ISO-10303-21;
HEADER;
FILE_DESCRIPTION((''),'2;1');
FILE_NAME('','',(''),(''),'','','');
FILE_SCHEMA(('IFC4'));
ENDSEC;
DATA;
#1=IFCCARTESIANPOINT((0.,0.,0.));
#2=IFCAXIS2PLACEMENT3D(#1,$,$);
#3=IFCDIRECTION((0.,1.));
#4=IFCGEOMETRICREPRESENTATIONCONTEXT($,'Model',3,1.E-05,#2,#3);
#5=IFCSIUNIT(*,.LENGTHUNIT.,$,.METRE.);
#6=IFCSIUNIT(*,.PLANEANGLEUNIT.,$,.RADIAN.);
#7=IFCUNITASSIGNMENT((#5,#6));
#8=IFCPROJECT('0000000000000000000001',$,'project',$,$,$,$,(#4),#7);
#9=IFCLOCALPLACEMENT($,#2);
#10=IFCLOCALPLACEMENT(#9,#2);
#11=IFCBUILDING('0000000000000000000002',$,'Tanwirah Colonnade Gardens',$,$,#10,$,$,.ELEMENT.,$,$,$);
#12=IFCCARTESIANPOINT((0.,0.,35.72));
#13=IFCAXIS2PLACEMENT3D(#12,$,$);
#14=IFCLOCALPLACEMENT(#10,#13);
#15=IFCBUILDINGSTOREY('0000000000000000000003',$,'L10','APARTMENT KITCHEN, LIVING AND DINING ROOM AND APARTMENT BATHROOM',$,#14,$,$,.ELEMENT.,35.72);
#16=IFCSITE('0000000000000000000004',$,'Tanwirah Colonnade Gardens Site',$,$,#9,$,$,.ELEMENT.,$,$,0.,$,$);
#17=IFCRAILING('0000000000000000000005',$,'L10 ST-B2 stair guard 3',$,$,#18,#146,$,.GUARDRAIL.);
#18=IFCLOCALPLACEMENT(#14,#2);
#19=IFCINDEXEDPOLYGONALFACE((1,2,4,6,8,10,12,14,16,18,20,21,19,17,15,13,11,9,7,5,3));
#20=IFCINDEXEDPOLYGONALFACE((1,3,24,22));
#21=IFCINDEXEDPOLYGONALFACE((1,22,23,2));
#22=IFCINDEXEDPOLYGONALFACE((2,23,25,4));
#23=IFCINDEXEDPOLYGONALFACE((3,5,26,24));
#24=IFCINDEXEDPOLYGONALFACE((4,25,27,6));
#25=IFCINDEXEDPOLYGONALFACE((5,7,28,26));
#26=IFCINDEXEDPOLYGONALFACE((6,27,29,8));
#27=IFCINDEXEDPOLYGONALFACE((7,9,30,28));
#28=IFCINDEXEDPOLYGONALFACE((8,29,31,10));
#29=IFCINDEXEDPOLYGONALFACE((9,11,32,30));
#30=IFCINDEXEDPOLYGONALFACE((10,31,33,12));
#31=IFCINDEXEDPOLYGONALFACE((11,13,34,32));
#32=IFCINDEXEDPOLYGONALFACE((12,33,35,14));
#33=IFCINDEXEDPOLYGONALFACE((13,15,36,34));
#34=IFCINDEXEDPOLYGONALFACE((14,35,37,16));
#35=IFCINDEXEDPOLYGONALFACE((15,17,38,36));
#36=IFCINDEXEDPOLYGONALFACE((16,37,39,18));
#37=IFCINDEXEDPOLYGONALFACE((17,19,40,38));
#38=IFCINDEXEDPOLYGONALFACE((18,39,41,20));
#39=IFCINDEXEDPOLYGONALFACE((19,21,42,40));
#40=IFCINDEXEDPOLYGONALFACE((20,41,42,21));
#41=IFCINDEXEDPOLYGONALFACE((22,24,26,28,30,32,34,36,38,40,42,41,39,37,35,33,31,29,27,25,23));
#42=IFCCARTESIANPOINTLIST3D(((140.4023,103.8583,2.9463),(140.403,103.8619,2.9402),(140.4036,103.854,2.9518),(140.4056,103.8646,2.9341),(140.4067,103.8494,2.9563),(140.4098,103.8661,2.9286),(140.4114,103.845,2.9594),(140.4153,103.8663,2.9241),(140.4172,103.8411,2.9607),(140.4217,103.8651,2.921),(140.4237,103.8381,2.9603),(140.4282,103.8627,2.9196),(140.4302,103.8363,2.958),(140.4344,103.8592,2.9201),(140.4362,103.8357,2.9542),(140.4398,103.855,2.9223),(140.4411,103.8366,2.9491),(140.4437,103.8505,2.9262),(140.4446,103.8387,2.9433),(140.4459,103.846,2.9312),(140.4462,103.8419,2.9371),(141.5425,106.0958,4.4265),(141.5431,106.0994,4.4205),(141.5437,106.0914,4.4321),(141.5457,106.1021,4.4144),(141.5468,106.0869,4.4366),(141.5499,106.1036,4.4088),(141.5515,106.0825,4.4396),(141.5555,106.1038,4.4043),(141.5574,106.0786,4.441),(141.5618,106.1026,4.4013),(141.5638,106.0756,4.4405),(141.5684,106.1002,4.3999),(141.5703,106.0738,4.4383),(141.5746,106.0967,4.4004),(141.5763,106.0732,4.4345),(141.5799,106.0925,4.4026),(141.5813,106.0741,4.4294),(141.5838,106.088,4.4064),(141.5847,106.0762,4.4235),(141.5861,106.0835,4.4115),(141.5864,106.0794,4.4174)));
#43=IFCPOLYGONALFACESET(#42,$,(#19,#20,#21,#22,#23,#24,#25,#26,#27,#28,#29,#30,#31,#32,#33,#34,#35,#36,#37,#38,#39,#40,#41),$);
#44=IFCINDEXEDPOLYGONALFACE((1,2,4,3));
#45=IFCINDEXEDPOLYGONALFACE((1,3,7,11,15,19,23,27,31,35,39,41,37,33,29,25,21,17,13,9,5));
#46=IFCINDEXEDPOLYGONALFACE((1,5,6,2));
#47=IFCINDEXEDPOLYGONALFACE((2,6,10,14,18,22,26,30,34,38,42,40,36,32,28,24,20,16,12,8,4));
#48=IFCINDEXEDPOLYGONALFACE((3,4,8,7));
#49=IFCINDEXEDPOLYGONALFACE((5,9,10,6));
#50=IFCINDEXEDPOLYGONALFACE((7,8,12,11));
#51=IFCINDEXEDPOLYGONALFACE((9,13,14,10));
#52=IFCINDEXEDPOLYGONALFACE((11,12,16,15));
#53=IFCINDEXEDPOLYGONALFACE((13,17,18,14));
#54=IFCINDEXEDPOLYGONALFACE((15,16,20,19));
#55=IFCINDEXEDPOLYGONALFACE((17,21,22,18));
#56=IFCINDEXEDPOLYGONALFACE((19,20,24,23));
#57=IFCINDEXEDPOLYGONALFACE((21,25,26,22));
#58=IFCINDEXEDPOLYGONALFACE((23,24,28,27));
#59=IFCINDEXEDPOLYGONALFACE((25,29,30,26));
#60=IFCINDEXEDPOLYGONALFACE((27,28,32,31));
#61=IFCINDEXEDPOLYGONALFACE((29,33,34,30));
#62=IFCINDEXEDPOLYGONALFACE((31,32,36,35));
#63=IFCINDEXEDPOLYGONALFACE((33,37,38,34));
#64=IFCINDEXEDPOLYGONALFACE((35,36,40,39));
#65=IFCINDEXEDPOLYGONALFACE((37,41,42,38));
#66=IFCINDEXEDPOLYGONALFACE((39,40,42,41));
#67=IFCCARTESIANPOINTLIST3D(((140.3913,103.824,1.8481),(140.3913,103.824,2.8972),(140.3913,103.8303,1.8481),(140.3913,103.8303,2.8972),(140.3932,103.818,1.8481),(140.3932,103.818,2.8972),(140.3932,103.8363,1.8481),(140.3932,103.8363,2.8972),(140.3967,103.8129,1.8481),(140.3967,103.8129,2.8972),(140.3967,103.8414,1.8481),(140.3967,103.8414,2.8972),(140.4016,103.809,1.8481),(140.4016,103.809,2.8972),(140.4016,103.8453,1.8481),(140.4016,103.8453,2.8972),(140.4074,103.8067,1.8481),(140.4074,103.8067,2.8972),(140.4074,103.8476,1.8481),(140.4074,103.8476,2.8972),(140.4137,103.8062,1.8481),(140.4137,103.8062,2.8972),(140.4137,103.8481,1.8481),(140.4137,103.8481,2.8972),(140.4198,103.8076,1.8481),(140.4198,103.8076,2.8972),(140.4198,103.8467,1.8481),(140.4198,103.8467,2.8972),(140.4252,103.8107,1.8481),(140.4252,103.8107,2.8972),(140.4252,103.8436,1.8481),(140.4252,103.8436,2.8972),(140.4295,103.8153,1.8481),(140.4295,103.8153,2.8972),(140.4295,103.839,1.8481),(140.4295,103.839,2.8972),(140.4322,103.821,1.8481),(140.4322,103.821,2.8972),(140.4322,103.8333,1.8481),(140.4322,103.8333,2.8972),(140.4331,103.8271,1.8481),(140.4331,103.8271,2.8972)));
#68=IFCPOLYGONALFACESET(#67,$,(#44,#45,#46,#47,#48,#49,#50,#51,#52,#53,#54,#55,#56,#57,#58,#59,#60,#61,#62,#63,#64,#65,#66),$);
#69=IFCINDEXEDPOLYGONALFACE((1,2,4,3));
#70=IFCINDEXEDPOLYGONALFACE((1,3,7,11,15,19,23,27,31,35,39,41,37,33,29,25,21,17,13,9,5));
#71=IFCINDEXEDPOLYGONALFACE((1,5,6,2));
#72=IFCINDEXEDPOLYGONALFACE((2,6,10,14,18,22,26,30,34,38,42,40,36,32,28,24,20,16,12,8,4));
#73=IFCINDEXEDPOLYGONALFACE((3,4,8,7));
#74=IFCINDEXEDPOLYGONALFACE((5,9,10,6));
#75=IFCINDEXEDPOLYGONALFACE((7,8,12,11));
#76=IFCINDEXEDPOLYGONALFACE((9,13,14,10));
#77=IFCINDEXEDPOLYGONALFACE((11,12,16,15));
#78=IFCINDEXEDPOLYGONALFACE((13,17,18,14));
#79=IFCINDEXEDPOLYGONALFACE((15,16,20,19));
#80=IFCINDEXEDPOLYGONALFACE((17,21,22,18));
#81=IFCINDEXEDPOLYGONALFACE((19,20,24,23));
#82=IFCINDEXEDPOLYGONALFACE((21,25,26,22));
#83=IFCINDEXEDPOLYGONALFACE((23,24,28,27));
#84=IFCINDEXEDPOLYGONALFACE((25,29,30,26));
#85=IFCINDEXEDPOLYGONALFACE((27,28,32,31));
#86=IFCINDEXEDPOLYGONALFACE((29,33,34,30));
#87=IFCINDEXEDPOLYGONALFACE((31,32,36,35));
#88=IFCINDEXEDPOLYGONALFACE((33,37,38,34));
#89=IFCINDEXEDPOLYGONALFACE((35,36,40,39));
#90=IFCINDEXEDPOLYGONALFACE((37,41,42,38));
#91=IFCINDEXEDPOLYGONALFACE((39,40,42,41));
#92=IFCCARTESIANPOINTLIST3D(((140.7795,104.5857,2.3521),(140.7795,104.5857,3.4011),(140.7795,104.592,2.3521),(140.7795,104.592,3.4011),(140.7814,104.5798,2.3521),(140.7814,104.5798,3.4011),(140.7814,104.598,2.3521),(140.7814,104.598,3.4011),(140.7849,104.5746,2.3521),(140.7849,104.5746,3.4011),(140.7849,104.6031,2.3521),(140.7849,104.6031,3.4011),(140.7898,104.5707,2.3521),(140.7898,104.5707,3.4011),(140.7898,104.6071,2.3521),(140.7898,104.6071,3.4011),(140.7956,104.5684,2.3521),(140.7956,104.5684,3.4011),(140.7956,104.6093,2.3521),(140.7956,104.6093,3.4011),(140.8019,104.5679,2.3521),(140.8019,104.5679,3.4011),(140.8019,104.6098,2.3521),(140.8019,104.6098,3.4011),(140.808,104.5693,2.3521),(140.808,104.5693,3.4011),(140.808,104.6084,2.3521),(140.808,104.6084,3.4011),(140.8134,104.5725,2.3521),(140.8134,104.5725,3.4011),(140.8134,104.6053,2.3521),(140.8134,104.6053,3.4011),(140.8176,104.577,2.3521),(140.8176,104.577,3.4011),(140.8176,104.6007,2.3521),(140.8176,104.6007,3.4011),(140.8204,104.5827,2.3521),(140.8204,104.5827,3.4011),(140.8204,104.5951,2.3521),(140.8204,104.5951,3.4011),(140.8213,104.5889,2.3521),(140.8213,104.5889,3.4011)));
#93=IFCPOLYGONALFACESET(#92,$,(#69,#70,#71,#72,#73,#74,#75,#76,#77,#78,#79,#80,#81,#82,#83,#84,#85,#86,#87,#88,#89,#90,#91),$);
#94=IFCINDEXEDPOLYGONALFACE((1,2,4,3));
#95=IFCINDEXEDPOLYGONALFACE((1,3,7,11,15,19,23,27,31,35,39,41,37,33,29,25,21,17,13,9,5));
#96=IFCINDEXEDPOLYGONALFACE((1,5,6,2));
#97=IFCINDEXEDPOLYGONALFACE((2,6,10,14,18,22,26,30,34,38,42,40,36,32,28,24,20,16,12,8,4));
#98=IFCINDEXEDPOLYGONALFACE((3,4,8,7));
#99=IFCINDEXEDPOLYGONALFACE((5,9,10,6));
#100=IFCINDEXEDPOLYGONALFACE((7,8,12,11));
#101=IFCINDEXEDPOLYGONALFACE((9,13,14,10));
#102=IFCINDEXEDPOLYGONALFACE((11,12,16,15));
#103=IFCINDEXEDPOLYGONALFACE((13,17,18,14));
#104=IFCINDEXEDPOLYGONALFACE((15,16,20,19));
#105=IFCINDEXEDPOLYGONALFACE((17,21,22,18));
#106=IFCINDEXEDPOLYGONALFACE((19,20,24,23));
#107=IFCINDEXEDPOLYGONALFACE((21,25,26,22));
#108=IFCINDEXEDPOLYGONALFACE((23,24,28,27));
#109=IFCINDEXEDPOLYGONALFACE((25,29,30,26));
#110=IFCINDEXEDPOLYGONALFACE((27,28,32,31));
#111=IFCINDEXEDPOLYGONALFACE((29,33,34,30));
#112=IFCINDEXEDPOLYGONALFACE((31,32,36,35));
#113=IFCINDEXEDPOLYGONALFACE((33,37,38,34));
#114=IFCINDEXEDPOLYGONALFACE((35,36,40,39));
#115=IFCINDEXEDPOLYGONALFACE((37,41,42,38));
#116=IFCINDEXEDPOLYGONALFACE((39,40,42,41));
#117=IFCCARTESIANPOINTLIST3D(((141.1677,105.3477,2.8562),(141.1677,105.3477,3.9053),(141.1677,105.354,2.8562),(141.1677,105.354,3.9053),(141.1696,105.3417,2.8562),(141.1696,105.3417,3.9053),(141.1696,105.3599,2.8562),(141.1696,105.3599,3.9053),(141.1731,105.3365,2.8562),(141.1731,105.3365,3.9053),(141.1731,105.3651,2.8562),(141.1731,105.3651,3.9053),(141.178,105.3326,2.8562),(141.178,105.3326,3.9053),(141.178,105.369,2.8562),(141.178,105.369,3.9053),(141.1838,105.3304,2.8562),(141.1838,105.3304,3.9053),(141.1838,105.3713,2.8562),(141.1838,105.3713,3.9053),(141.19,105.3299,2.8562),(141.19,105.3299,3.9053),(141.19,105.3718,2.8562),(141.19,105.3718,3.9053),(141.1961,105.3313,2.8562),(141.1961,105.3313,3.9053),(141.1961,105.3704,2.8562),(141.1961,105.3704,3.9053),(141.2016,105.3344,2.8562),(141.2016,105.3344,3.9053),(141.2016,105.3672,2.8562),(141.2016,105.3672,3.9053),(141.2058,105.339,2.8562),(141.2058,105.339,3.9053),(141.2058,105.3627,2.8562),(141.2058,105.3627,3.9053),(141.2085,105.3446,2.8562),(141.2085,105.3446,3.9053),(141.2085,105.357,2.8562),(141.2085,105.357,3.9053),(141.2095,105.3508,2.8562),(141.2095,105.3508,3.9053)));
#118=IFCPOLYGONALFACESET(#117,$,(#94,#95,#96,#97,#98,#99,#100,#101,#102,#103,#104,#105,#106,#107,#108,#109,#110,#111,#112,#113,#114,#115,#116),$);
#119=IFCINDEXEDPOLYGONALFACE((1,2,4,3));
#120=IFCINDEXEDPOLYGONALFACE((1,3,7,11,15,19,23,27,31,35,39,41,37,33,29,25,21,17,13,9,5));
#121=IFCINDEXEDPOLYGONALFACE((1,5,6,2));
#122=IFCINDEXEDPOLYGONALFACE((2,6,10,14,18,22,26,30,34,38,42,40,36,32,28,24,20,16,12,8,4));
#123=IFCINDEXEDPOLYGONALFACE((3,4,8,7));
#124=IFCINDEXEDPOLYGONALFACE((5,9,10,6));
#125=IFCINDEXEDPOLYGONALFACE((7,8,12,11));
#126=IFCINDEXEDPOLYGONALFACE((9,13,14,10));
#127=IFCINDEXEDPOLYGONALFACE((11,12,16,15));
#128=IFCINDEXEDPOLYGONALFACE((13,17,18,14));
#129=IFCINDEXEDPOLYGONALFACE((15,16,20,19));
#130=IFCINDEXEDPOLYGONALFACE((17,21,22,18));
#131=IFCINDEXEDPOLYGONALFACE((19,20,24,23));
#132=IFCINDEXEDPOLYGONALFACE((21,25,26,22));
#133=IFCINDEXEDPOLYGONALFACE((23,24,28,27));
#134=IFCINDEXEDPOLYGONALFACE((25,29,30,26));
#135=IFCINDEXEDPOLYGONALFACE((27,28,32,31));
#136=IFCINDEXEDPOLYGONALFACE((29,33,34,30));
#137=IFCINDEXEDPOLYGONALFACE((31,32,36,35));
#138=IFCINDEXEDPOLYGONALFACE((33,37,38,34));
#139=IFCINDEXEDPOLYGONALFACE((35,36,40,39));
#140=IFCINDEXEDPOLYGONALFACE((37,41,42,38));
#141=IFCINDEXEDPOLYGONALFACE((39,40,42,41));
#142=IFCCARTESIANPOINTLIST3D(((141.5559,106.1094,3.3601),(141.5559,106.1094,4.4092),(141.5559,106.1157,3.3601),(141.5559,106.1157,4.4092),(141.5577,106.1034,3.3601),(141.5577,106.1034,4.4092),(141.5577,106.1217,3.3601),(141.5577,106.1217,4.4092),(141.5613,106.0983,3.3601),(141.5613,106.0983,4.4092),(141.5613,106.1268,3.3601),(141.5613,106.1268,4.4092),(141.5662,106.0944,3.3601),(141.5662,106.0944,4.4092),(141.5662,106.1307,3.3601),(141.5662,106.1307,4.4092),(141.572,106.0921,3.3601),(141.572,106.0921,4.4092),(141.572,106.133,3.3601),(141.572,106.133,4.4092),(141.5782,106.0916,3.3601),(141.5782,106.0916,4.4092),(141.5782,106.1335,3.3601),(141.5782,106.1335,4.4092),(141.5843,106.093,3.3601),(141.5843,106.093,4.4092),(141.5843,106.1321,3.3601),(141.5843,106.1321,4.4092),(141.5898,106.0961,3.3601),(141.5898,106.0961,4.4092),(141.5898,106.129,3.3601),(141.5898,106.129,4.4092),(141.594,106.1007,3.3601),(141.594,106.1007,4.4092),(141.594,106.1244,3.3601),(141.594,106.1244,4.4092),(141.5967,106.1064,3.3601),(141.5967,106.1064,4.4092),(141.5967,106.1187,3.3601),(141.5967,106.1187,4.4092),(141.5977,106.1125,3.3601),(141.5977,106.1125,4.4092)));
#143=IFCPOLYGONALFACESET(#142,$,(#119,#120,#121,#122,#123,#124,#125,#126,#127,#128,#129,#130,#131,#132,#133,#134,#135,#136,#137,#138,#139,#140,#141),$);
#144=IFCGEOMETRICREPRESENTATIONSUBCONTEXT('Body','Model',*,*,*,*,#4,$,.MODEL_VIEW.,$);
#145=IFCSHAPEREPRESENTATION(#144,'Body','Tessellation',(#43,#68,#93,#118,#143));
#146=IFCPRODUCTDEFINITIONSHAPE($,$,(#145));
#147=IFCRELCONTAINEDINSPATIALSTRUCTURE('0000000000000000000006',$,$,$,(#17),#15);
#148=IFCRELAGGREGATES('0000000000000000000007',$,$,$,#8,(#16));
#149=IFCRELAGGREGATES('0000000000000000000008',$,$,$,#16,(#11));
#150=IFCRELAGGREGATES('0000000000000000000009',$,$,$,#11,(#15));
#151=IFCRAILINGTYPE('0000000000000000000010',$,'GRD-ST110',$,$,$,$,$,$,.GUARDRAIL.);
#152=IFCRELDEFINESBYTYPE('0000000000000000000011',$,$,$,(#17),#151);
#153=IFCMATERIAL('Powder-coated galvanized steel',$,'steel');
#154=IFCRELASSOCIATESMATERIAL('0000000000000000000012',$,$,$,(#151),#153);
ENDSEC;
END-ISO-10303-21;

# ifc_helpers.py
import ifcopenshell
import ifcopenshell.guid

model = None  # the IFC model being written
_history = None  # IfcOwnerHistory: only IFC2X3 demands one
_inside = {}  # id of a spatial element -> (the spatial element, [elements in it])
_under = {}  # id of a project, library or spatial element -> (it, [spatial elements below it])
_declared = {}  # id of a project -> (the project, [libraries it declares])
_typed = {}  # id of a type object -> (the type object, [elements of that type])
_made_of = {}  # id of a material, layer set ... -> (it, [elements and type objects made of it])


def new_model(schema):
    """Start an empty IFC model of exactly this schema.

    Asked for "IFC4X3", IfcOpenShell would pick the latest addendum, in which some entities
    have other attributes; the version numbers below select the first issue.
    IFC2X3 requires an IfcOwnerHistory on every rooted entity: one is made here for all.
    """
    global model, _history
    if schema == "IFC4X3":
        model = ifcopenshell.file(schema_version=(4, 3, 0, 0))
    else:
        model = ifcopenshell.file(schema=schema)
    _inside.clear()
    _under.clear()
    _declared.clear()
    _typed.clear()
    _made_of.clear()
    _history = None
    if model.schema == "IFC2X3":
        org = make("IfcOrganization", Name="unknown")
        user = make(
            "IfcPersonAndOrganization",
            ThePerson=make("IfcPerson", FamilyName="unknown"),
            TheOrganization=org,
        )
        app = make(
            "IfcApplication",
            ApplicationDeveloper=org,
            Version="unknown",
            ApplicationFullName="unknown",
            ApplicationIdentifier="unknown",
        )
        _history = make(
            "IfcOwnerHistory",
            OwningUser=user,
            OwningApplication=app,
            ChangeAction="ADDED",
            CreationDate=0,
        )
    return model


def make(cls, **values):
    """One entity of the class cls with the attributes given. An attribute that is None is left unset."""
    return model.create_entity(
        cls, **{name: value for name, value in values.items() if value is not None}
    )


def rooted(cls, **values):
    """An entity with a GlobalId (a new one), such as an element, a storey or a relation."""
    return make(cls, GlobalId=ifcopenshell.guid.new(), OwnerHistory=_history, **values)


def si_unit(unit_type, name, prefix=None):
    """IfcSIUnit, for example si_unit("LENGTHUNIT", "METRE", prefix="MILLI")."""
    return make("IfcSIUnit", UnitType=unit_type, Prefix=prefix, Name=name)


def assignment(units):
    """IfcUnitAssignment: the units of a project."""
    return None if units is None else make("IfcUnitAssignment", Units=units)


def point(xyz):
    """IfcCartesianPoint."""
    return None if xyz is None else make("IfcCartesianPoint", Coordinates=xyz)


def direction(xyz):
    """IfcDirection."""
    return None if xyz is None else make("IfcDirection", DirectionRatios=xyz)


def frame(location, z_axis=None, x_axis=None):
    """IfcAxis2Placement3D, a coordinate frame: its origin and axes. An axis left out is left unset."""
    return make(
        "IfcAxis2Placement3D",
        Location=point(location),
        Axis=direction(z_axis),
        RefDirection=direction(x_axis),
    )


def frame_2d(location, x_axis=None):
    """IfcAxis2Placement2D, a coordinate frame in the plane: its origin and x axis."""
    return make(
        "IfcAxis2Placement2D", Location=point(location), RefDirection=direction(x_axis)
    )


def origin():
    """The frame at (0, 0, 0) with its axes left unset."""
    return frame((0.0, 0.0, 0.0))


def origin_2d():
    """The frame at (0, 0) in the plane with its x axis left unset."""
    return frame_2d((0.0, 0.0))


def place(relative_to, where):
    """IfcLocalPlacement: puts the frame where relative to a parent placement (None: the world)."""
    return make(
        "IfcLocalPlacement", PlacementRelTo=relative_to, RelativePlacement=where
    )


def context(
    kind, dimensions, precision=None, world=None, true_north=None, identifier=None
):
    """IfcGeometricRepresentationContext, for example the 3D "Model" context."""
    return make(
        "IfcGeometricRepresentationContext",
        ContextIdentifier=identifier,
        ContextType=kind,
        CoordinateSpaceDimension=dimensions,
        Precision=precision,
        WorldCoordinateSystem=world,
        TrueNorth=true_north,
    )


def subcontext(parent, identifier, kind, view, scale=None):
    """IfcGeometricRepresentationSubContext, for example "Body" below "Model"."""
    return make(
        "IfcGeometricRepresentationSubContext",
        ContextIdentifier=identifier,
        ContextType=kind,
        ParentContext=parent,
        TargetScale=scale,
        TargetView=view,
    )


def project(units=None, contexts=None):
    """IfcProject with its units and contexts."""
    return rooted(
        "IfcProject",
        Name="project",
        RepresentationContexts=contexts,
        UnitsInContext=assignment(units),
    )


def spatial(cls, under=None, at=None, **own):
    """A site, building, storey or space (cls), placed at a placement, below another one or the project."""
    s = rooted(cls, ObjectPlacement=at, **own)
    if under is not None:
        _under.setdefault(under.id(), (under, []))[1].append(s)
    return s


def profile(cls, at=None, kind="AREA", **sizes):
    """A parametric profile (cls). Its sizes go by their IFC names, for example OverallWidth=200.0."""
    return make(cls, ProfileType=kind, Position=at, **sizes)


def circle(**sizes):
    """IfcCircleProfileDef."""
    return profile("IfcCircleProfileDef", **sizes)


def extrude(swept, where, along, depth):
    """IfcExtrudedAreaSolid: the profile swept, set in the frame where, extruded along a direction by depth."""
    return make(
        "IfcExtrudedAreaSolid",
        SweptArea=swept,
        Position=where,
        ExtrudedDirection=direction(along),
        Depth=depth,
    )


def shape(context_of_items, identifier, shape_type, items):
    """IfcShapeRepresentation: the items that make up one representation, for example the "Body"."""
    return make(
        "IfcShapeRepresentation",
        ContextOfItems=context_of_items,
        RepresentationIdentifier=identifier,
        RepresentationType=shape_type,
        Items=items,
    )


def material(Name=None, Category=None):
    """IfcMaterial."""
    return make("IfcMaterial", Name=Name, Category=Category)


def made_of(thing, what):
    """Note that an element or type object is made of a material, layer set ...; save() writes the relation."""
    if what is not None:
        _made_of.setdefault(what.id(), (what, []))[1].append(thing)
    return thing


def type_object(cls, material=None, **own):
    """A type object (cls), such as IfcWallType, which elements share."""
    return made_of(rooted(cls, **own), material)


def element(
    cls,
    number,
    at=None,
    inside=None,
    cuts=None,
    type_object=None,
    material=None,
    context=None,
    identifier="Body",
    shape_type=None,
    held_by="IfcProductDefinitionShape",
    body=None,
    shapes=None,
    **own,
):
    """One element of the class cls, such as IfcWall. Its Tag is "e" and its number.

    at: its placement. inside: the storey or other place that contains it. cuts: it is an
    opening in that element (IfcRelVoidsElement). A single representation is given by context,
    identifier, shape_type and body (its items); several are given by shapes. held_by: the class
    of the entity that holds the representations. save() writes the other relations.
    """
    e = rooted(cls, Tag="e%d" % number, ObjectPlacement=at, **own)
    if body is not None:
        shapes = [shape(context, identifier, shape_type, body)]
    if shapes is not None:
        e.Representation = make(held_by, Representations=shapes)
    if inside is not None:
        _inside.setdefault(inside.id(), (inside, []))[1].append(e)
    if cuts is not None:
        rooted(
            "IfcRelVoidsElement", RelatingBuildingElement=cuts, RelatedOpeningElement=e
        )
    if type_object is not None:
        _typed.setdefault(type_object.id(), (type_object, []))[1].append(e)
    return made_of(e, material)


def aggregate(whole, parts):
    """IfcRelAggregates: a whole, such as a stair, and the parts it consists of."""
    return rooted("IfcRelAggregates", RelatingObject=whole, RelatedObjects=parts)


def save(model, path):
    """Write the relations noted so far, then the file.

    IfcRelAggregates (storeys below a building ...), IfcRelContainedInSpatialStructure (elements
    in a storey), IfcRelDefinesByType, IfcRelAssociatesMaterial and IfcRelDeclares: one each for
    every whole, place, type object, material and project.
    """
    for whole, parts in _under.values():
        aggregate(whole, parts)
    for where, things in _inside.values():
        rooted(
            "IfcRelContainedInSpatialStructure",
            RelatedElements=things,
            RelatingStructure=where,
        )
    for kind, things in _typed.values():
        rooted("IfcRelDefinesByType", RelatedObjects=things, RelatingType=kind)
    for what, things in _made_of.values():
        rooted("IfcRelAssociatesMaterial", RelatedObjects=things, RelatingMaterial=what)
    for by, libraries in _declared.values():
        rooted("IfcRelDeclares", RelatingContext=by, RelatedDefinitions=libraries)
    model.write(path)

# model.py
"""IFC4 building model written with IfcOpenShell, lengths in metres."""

from ifc_helpers import new_model, si_unit, direction, frame, origin, origin_2d, place, context, subcontext, project, spatial, circle, extrude, material, type_object, element, save


model = new_model("IFC4")

# Units and contexts
model_context = context("Model", 3, precision=1e-05, world=origin(), true_north=direction((0.0, 1.0)))
body_context = subcontext(model_context, "Body", "Model", "MODEL_VIEW")
ifc_project = project(units=[si_unit("LENGTHUNIT", "METRE"), si_unit("PLANEANGLEUNIT", "RADIAN")], contexts=[model_context])

# Site, building, storey
site_placement = place(None, origin())
site = spatial("IfcSite", under=ifc_project, at=site_placement, Name="Tanwirah Colonnade Gardens Site", CompositionType="ELEMENT", RefElevation=0.0)
building_placement = place(site_placement, origin())
building = spatial("IfcBuilding", under=site, at=building_placement, Name="Tanwirah Colonnade Gardens", CompositionType="ELEMENT")
storey_placement = place(building_placement, frame((0.0, 0.0, 35.72)))
storey = spatial("IfcBuildingStorey", under=building, at=storey_placement, Name="L10", Description="APARTMENT KITCHEN, LIVING AND DINING ROOM AND APARTMENT BATHROOM", CompositionType="ELEMENT", Elevation=35.72)

# Railing
ifc_material_1 = material(Name="Powder-coated galvanized steel", Category="steel")
railing_type_1 = type_object("IfcRailingType", Name="GRD-ST110", PredefinedType="GUARDRAIL", material=ifc_material_1)
railing_1_placement = place(storey_placement, frame((140.4121, 103.8271, 1.8481)))
element("IfcRailing", 1, at=railing_1_placement, inside=storey, type_object=railing_type_1, Name="L10 ST-B2 stair guard 3", PredefinedType="GUARDRAIL", context=body_context, shape_type="SweptSolid", body=[
    extrude(circle(Radius=0.0239, at=origin_2d()), frame((0.0122, 0.0239, 1.092), z_axis=(0.391122, 0.767567, 0.507803), x_axis=(-0.890994, 0.454016, 0.0)), (0.0, 0.0, 1.0), 2.915),
    extrude(circle(Radius=0.021, at=origin_2d()), origin(), (0.0, 0.0, 1.0), 1.0491),
    extrude(circle(Radius=0.021, at=origin_2d()), frame((0.3882, 0.7617, 0.5039)), (0.0, 0.0, 1.0), 1.0491),
    extrude(circle(Radius=0.021, at=origin_2d()), frame((0.7764, 1.5237, 1.0081)), (0.0, 0.0, 1.0), 1.0491),
    extrude(circle(Radius=0.021, at=origin_2d()), frame((1.1646, 2.2854, 1.512)), (0.0, 0.0, 1.0), 1.0491),
])

save(model, "model.ifc")
